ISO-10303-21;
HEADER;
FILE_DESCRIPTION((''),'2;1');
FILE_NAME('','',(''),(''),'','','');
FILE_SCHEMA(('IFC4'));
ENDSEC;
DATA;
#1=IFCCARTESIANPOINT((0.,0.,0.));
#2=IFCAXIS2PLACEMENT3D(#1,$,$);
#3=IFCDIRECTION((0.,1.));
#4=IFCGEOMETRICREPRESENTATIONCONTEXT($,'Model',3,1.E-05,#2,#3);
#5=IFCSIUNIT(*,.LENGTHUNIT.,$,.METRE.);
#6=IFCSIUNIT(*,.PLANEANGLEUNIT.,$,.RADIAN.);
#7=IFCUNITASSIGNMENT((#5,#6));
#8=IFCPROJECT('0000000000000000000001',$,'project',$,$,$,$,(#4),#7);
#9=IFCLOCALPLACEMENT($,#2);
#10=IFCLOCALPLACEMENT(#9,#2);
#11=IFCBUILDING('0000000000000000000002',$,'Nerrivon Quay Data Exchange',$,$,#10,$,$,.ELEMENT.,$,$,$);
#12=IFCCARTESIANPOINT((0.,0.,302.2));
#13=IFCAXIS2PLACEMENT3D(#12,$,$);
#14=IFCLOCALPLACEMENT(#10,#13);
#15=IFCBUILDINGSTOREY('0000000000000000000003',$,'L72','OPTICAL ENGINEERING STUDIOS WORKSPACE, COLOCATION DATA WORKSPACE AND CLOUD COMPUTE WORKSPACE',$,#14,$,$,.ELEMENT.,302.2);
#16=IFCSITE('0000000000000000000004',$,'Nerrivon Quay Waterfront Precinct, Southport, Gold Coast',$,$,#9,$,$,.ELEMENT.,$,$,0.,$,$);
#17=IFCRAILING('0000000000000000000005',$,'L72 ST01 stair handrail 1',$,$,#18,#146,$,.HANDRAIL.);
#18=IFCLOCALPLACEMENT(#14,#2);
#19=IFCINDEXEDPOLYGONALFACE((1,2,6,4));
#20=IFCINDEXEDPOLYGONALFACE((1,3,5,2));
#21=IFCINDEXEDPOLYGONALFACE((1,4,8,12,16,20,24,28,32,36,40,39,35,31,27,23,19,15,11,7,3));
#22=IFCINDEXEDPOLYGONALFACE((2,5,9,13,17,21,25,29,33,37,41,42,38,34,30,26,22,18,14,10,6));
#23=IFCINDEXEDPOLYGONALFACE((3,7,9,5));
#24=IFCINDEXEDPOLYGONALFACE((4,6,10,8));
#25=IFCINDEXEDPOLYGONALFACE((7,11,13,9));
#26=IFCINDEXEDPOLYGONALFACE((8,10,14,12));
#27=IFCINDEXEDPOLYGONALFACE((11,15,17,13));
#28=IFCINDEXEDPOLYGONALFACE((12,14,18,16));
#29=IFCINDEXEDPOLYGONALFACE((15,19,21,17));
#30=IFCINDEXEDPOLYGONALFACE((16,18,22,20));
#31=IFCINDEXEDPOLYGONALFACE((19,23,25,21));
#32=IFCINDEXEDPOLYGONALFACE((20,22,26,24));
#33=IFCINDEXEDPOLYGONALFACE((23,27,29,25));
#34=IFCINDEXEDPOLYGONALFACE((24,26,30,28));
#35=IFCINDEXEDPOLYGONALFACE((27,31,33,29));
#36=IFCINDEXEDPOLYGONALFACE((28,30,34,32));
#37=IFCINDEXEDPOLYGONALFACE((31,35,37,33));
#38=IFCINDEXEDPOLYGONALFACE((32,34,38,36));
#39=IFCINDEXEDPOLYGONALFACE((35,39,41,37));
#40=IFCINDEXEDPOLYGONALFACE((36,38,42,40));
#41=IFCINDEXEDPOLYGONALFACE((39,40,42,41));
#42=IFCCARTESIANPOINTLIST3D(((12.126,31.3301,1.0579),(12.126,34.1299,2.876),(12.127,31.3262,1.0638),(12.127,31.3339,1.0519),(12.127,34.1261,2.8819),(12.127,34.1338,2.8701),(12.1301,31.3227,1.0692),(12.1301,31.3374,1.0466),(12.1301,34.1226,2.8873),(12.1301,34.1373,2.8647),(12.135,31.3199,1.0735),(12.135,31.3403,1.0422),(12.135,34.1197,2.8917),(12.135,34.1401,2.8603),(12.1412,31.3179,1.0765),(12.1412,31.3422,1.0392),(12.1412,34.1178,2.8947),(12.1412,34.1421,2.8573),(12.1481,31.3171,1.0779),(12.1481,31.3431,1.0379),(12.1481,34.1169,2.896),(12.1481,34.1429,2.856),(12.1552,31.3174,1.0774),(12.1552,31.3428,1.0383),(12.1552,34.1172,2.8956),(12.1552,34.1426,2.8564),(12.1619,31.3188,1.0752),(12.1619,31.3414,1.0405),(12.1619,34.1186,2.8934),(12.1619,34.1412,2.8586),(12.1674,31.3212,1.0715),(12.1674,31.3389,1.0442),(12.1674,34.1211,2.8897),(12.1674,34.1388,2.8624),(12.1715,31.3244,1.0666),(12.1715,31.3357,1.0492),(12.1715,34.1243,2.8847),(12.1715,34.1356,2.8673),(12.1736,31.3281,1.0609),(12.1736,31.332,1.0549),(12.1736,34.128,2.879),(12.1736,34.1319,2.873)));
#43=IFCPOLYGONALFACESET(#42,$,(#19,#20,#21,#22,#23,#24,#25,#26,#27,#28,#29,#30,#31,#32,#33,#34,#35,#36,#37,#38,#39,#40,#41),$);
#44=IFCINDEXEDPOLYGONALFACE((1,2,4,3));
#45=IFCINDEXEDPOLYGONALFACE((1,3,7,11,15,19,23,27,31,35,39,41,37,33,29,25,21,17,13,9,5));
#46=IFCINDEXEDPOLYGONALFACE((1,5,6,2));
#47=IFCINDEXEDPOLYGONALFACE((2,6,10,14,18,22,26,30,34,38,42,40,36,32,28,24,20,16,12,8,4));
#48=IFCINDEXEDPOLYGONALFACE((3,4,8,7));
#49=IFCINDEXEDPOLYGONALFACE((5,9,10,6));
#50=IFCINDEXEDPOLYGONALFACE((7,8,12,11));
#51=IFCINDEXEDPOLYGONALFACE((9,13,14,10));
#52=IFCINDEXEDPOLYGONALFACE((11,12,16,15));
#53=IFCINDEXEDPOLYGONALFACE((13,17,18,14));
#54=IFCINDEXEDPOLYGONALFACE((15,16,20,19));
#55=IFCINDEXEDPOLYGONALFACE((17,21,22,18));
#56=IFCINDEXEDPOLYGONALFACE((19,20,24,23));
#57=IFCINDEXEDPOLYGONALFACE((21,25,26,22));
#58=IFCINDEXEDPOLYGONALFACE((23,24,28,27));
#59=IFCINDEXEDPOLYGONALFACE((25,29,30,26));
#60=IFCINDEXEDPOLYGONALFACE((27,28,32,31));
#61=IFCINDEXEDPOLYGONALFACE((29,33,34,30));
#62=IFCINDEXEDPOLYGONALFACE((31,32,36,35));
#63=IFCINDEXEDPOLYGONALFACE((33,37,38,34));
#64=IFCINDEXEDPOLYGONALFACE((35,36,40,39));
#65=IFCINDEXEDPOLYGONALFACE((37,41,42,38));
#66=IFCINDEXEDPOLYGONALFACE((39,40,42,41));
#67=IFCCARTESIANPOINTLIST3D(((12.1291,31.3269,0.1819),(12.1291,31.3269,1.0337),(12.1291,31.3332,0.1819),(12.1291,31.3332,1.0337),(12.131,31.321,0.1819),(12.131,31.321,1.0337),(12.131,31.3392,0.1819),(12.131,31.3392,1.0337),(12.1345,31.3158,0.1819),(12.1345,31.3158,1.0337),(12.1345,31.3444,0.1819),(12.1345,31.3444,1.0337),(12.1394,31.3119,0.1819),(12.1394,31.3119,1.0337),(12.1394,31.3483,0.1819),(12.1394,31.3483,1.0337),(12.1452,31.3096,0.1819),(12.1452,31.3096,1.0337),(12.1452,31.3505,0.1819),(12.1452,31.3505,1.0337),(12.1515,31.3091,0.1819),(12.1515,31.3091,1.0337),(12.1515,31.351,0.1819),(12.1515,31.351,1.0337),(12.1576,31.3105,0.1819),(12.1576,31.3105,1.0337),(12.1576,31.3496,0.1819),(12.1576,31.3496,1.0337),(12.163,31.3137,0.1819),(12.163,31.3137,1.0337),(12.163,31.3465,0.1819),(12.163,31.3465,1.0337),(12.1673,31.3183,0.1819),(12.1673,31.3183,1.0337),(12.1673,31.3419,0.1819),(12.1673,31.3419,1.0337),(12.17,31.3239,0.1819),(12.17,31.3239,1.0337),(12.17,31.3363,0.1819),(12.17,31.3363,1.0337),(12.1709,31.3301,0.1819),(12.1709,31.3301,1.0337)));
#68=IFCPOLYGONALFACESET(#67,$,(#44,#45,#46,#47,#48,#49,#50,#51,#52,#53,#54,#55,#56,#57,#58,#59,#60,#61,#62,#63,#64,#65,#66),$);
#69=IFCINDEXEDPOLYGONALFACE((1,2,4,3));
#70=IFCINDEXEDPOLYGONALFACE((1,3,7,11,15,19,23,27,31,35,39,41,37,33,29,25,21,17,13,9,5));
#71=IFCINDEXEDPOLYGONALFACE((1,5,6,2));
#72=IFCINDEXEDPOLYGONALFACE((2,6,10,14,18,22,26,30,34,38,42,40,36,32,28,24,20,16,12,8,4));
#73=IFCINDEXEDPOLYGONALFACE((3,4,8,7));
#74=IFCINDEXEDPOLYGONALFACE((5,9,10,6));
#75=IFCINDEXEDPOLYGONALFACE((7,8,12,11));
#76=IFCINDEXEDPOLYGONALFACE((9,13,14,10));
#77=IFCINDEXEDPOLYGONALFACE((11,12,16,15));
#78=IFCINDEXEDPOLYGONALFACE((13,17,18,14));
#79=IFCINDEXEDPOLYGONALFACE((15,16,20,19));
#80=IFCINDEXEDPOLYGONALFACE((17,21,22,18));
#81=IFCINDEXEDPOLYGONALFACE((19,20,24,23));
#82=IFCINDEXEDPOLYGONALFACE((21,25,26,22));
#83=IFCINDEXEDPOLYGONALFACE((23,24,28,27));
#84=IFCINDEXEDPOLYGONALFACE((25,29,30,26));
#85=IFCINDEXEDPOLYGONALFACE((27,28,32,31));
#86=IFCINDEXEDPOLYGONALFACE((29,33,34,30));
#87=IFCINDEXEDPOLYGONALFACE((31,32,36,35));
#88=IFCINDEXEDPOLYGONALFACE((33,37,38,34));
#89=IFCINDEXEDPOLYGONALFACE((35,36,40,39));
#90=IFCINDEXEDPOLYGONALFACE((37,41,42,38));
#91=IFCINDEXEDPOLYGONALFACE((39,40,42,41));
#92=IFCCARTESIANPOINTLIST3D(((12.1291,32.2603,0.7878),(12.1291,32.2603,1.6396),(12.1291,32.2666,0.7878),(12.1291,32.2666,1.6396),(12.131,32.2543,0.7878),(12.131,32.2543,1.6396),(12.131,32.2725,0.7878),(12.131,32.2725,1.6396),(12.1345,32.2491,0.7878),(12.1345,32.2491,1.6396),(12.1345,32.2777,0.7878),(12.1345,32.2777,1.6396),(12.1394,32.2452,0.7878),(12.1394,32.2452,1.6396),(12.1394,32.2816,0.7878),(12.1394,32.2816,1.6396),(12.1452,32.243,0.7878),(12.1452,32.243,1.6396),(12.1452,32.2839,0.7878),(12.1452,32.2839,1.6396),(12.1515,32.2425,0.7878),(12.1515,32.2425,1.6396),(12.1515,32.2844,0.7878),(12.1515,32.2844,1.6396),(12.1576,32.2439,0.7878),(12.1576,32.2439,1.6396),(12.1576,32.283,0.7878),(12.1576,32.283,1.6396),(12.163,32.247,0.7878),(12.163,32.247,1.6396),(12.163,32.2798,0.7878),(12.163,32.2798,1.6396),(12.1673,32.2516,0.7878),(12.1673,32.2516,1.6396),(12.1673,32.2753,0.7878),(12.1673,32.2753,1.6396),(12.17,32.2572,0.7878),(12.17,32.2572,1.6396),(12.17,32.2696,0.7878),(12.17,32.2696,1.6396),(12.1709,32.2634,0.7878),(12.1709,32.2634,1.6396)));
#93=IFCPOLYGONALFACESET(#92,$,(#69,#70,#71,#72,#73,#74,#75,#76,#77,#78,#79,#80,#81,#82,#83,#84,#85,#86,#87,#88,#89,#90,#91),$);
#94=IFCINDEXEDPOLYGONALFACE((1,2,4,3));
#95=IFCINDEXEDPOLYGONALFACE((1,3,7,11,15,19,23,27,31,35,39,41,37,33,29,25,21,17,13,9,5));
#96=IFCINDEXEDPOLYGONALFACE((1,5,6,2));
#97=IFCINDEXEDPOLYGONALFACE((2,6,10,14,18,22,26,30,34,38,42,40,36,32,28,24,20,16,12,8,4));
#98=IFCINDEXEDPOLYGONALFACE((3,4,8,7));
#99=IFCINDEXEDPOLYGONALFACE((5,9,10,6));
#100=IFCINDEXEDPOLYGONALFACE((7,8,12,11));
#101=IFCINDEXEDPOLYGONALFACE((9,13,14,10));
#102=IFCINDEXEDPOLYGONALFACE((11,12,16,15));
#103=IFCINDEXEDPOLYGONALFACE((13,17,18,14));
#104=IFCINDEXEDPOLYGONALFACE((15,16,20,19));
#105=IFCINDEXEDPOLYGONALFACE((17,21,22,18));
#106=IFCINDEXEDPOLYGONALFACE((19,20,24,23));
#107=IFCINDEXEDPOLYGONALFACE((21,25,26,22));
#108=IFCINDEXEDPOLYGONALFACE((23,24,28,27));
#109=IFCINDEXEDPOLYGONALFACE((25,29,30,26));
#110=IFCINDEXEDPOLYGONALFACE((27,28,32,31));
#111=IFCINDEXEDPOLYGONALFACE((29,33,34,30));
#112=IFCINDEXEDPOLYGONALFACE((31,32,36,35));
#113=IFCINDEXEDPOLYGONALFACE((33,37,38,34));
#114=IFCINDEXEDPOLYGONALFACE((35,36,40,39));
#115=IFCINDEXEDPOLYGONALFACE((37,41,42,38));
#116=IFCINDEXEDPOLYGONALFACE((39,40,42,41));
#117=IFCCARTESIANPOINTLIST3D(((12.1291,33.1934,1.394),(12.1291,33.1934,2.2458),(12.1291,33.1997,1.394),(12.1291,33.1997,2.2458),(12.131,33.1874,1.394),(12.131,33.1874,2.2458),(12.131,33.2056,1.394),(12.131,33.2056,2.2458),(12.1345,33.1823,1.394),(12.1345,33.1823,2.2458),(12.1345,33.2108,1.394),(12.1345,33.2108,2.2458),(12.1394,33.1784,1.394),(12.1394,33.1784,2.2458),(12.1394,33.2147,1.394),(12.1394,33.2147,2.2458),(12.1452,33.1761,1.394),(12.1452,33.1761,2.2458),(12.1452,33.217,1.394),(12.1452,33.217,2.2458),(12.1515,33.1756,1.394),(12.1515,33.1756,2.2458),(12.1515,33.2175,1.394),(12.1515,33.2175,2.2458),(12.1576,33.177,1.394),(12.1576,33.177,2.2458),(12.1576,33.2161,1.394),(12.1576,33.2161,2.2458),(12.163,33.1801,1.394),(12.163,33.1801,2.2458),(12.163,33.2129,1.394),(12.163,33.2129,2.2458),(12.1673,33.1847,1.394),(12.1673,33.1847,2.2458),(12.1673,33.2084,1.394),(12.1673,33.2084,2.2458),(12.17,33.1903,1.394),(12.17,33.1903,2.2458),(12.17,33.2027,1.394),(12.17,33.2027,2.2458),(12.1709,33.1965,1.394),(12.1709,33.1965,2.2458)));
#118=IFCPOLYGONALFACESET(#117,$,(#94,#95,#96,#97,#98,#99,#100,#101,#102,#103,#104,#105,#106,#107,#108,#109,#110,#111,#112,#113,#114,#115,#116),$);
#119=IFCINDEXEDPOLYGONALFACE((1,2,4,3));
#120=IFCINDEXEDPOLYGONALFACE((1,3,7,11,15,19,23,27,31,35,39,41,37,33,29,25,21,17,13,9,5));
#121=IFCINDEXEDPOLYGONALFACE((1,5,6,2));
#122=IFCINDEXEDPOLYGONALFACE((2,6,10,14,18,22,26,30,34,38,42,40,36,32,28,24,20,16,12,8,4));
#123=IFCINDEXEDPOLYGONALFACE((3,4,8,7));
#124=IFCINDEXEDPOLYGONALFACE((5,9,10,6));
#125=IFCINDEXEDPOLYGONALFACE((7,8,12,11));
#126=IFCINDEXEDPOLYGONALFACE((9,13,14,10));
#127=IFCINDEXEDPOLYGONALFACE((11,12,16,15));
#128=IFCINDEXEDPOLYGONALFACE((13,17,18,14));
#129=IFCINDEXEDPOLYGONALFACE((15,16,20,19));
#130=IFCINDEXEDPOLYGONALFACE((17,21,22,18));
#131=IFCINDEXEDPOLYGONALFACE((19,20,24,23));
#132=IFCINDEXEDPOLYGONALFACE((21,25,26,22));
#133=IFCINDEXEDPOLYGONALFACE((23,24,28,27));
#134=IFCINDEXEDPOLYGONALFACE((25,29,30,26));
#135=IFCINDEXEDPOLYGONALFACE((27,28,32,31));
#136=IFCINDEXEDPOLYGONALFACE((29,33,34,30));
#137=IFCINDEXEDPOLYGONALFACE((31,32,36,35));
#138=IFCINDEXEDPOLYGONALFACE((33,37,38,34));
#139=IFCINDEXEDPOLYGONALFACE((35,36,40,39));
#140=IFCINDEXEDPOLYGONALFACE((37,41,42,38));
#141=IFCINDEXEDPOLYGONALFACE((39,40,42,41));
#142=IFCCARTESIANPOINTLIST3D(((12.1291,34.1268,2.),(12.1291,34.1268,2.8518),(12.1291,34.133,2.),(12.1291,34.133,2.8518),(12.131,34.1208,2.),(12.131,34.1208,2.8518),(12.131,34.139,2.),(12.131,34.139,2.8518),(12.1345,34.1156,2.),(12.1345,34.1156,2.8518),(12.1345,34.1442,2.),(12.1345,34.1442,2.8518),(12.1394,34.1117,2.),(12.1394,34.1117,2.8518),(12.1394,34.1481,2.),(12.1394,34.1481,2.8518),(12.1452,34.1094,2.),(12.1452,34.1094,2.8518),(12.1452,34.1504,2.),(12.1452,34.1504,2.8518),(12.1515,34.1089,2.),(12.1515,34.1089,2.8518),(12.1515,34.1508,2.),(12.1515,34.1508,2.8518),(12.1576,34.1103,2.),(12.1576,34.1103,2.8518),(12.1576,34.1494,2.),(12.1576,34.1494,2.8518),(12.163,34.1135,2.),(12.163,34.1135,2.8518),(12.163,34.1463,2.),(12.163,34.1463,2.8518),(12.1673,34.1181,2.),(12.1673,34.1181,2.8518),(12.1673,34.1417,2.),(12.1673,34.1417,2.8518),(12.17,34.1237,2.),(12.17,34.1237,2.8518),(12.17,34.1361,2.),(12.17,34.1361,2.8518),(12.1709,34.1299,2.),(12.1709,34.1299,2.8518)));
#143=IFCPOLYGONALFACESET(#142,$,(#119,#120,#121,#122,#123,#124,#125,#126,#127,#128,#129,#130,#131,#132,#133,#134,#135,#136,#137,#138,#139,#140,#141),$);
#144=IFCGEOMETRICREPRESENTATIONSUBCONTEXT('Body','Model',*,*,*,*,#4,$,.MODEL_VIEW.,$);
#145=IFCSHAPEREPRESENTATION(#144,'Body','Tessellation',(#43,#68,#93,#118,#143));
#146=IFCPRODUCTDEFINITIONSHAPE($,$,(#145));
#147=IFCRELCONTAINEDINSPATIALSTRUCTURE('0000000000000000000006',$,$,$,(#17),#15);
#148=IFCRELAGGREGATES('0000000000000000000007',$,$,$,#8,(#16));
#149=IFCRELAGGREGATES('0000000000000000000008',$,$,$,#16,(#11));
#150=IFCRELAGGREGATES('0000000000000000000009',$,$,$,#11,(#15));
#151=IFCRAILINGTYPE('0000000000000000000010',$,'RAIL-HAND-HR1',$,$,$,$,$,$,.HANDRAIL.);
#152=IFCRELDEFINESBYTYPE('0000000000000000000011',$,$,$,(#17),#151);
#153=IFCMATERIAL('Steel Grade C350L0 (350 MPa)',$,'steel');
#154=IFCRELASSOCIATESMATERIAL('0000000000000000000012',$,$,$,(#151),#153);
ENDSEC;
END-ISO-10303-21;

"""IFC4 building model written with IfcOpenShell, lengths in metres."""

from ifc_helpers import new_model, si_unit, direction, frame, origin, origin_2d, place, context, subcontext, project, spatial, circle, extrude, material, type_object, element, save


model = new_model("IFC4")

# Units and contexts
model_context = context("Model", 3, precision=1e-05, world=origin(), true_north=direction((0.0, 1.0)))
body_context = subcontext(model_context, "Body", "Model", "MODEL_VIEW")
ifc_project = project(units=[si_unit("LENGTHUNIT", "METRE"), si_unit("PLANEANGLEUNIT", "RADIAN")], contexts=[model_context])

# Site, building, storey
site_placement = place(None, origin())
site = spatial("IfcSite", under=ifc_project, at=site_placement, Name="Nerrivon Quay Waterfront Precinct, Southport, Gold Coast", CompositionType="ELEMENT", RefElevation=0.0)
building_placement = place(site_placement, origin())
building = spatial("IfcBuilding", under=site, at=building_placement, Name="Nerrivon Quay Data Exchange", CompositionType="ELEMENT")
storey_placement = place(building_placement, frame((0.0, 0.0, 302.2)))
storey = spatial("IfcBuildingStorey", under=building, at=storey_placement, Name="L72", Description="OPTICAL ENGINEERING STUDIOS WORKSPACE, COLOCATION DATA WORKSPACE AND CLOUD COMPUTE WORKSPACE", CompositionType="ELEMENT", Elevation=302.2)

# Shared definitions
ifc_material_1 = material(Name="Steel Grade C350L0 (350 MPa)", Category="steel")

# Railing
railing_type_1 = type_object("IfcRailingType", Name="RAIL-HAND-HR1", PredefinedType="HANDRAIL", material=ifc_material_1)
railing_1_placement = place(storey_placement, frame((12.1499, 31.3301, 0.1819)))
element("IfcRailing", 1, at=railing_1_placement, inside=storey, type_object=railing_type_1, Name="L72 ST01 stair handrail 1", PredefinedType="HANDRAIL", context=body_context, shape_type="SweptSolid", body=[
    extrude(circle(Radius=0.0239, at=origin_2d()), frame((0.0, 0.0, 0.876), z_axis=(0.0, 0.838684, 0.544618), x_axis=(-1.0, 0.0, 0.0)), (0.0, 0.0, 1.0), 3.3384),
    extrude(circle(Radius=0.021, at=origin_2d()), origin(), (0.0, 0.0, 1.0), 0.8518),
    extrude(circle(Radius=0.021, at=origin_2d()), frame((0.0, 0.9333, 0.606)), (0.0, 0.0, 1.0), 0.8518),
    extrude(circle(Radius=0.021, at=origin_2d()), frame((0.0, 1.8665, 1.2122)), (0.0, 0.0, 1.0), 0.8518),
    extrude(circle(Radius=0.021, at=origin_2d()), frame((0.0, 2.7998, 1.8181)), (0.0, 0.0, 1.0), 0.8518),
])

save(model, "model.ifc")
